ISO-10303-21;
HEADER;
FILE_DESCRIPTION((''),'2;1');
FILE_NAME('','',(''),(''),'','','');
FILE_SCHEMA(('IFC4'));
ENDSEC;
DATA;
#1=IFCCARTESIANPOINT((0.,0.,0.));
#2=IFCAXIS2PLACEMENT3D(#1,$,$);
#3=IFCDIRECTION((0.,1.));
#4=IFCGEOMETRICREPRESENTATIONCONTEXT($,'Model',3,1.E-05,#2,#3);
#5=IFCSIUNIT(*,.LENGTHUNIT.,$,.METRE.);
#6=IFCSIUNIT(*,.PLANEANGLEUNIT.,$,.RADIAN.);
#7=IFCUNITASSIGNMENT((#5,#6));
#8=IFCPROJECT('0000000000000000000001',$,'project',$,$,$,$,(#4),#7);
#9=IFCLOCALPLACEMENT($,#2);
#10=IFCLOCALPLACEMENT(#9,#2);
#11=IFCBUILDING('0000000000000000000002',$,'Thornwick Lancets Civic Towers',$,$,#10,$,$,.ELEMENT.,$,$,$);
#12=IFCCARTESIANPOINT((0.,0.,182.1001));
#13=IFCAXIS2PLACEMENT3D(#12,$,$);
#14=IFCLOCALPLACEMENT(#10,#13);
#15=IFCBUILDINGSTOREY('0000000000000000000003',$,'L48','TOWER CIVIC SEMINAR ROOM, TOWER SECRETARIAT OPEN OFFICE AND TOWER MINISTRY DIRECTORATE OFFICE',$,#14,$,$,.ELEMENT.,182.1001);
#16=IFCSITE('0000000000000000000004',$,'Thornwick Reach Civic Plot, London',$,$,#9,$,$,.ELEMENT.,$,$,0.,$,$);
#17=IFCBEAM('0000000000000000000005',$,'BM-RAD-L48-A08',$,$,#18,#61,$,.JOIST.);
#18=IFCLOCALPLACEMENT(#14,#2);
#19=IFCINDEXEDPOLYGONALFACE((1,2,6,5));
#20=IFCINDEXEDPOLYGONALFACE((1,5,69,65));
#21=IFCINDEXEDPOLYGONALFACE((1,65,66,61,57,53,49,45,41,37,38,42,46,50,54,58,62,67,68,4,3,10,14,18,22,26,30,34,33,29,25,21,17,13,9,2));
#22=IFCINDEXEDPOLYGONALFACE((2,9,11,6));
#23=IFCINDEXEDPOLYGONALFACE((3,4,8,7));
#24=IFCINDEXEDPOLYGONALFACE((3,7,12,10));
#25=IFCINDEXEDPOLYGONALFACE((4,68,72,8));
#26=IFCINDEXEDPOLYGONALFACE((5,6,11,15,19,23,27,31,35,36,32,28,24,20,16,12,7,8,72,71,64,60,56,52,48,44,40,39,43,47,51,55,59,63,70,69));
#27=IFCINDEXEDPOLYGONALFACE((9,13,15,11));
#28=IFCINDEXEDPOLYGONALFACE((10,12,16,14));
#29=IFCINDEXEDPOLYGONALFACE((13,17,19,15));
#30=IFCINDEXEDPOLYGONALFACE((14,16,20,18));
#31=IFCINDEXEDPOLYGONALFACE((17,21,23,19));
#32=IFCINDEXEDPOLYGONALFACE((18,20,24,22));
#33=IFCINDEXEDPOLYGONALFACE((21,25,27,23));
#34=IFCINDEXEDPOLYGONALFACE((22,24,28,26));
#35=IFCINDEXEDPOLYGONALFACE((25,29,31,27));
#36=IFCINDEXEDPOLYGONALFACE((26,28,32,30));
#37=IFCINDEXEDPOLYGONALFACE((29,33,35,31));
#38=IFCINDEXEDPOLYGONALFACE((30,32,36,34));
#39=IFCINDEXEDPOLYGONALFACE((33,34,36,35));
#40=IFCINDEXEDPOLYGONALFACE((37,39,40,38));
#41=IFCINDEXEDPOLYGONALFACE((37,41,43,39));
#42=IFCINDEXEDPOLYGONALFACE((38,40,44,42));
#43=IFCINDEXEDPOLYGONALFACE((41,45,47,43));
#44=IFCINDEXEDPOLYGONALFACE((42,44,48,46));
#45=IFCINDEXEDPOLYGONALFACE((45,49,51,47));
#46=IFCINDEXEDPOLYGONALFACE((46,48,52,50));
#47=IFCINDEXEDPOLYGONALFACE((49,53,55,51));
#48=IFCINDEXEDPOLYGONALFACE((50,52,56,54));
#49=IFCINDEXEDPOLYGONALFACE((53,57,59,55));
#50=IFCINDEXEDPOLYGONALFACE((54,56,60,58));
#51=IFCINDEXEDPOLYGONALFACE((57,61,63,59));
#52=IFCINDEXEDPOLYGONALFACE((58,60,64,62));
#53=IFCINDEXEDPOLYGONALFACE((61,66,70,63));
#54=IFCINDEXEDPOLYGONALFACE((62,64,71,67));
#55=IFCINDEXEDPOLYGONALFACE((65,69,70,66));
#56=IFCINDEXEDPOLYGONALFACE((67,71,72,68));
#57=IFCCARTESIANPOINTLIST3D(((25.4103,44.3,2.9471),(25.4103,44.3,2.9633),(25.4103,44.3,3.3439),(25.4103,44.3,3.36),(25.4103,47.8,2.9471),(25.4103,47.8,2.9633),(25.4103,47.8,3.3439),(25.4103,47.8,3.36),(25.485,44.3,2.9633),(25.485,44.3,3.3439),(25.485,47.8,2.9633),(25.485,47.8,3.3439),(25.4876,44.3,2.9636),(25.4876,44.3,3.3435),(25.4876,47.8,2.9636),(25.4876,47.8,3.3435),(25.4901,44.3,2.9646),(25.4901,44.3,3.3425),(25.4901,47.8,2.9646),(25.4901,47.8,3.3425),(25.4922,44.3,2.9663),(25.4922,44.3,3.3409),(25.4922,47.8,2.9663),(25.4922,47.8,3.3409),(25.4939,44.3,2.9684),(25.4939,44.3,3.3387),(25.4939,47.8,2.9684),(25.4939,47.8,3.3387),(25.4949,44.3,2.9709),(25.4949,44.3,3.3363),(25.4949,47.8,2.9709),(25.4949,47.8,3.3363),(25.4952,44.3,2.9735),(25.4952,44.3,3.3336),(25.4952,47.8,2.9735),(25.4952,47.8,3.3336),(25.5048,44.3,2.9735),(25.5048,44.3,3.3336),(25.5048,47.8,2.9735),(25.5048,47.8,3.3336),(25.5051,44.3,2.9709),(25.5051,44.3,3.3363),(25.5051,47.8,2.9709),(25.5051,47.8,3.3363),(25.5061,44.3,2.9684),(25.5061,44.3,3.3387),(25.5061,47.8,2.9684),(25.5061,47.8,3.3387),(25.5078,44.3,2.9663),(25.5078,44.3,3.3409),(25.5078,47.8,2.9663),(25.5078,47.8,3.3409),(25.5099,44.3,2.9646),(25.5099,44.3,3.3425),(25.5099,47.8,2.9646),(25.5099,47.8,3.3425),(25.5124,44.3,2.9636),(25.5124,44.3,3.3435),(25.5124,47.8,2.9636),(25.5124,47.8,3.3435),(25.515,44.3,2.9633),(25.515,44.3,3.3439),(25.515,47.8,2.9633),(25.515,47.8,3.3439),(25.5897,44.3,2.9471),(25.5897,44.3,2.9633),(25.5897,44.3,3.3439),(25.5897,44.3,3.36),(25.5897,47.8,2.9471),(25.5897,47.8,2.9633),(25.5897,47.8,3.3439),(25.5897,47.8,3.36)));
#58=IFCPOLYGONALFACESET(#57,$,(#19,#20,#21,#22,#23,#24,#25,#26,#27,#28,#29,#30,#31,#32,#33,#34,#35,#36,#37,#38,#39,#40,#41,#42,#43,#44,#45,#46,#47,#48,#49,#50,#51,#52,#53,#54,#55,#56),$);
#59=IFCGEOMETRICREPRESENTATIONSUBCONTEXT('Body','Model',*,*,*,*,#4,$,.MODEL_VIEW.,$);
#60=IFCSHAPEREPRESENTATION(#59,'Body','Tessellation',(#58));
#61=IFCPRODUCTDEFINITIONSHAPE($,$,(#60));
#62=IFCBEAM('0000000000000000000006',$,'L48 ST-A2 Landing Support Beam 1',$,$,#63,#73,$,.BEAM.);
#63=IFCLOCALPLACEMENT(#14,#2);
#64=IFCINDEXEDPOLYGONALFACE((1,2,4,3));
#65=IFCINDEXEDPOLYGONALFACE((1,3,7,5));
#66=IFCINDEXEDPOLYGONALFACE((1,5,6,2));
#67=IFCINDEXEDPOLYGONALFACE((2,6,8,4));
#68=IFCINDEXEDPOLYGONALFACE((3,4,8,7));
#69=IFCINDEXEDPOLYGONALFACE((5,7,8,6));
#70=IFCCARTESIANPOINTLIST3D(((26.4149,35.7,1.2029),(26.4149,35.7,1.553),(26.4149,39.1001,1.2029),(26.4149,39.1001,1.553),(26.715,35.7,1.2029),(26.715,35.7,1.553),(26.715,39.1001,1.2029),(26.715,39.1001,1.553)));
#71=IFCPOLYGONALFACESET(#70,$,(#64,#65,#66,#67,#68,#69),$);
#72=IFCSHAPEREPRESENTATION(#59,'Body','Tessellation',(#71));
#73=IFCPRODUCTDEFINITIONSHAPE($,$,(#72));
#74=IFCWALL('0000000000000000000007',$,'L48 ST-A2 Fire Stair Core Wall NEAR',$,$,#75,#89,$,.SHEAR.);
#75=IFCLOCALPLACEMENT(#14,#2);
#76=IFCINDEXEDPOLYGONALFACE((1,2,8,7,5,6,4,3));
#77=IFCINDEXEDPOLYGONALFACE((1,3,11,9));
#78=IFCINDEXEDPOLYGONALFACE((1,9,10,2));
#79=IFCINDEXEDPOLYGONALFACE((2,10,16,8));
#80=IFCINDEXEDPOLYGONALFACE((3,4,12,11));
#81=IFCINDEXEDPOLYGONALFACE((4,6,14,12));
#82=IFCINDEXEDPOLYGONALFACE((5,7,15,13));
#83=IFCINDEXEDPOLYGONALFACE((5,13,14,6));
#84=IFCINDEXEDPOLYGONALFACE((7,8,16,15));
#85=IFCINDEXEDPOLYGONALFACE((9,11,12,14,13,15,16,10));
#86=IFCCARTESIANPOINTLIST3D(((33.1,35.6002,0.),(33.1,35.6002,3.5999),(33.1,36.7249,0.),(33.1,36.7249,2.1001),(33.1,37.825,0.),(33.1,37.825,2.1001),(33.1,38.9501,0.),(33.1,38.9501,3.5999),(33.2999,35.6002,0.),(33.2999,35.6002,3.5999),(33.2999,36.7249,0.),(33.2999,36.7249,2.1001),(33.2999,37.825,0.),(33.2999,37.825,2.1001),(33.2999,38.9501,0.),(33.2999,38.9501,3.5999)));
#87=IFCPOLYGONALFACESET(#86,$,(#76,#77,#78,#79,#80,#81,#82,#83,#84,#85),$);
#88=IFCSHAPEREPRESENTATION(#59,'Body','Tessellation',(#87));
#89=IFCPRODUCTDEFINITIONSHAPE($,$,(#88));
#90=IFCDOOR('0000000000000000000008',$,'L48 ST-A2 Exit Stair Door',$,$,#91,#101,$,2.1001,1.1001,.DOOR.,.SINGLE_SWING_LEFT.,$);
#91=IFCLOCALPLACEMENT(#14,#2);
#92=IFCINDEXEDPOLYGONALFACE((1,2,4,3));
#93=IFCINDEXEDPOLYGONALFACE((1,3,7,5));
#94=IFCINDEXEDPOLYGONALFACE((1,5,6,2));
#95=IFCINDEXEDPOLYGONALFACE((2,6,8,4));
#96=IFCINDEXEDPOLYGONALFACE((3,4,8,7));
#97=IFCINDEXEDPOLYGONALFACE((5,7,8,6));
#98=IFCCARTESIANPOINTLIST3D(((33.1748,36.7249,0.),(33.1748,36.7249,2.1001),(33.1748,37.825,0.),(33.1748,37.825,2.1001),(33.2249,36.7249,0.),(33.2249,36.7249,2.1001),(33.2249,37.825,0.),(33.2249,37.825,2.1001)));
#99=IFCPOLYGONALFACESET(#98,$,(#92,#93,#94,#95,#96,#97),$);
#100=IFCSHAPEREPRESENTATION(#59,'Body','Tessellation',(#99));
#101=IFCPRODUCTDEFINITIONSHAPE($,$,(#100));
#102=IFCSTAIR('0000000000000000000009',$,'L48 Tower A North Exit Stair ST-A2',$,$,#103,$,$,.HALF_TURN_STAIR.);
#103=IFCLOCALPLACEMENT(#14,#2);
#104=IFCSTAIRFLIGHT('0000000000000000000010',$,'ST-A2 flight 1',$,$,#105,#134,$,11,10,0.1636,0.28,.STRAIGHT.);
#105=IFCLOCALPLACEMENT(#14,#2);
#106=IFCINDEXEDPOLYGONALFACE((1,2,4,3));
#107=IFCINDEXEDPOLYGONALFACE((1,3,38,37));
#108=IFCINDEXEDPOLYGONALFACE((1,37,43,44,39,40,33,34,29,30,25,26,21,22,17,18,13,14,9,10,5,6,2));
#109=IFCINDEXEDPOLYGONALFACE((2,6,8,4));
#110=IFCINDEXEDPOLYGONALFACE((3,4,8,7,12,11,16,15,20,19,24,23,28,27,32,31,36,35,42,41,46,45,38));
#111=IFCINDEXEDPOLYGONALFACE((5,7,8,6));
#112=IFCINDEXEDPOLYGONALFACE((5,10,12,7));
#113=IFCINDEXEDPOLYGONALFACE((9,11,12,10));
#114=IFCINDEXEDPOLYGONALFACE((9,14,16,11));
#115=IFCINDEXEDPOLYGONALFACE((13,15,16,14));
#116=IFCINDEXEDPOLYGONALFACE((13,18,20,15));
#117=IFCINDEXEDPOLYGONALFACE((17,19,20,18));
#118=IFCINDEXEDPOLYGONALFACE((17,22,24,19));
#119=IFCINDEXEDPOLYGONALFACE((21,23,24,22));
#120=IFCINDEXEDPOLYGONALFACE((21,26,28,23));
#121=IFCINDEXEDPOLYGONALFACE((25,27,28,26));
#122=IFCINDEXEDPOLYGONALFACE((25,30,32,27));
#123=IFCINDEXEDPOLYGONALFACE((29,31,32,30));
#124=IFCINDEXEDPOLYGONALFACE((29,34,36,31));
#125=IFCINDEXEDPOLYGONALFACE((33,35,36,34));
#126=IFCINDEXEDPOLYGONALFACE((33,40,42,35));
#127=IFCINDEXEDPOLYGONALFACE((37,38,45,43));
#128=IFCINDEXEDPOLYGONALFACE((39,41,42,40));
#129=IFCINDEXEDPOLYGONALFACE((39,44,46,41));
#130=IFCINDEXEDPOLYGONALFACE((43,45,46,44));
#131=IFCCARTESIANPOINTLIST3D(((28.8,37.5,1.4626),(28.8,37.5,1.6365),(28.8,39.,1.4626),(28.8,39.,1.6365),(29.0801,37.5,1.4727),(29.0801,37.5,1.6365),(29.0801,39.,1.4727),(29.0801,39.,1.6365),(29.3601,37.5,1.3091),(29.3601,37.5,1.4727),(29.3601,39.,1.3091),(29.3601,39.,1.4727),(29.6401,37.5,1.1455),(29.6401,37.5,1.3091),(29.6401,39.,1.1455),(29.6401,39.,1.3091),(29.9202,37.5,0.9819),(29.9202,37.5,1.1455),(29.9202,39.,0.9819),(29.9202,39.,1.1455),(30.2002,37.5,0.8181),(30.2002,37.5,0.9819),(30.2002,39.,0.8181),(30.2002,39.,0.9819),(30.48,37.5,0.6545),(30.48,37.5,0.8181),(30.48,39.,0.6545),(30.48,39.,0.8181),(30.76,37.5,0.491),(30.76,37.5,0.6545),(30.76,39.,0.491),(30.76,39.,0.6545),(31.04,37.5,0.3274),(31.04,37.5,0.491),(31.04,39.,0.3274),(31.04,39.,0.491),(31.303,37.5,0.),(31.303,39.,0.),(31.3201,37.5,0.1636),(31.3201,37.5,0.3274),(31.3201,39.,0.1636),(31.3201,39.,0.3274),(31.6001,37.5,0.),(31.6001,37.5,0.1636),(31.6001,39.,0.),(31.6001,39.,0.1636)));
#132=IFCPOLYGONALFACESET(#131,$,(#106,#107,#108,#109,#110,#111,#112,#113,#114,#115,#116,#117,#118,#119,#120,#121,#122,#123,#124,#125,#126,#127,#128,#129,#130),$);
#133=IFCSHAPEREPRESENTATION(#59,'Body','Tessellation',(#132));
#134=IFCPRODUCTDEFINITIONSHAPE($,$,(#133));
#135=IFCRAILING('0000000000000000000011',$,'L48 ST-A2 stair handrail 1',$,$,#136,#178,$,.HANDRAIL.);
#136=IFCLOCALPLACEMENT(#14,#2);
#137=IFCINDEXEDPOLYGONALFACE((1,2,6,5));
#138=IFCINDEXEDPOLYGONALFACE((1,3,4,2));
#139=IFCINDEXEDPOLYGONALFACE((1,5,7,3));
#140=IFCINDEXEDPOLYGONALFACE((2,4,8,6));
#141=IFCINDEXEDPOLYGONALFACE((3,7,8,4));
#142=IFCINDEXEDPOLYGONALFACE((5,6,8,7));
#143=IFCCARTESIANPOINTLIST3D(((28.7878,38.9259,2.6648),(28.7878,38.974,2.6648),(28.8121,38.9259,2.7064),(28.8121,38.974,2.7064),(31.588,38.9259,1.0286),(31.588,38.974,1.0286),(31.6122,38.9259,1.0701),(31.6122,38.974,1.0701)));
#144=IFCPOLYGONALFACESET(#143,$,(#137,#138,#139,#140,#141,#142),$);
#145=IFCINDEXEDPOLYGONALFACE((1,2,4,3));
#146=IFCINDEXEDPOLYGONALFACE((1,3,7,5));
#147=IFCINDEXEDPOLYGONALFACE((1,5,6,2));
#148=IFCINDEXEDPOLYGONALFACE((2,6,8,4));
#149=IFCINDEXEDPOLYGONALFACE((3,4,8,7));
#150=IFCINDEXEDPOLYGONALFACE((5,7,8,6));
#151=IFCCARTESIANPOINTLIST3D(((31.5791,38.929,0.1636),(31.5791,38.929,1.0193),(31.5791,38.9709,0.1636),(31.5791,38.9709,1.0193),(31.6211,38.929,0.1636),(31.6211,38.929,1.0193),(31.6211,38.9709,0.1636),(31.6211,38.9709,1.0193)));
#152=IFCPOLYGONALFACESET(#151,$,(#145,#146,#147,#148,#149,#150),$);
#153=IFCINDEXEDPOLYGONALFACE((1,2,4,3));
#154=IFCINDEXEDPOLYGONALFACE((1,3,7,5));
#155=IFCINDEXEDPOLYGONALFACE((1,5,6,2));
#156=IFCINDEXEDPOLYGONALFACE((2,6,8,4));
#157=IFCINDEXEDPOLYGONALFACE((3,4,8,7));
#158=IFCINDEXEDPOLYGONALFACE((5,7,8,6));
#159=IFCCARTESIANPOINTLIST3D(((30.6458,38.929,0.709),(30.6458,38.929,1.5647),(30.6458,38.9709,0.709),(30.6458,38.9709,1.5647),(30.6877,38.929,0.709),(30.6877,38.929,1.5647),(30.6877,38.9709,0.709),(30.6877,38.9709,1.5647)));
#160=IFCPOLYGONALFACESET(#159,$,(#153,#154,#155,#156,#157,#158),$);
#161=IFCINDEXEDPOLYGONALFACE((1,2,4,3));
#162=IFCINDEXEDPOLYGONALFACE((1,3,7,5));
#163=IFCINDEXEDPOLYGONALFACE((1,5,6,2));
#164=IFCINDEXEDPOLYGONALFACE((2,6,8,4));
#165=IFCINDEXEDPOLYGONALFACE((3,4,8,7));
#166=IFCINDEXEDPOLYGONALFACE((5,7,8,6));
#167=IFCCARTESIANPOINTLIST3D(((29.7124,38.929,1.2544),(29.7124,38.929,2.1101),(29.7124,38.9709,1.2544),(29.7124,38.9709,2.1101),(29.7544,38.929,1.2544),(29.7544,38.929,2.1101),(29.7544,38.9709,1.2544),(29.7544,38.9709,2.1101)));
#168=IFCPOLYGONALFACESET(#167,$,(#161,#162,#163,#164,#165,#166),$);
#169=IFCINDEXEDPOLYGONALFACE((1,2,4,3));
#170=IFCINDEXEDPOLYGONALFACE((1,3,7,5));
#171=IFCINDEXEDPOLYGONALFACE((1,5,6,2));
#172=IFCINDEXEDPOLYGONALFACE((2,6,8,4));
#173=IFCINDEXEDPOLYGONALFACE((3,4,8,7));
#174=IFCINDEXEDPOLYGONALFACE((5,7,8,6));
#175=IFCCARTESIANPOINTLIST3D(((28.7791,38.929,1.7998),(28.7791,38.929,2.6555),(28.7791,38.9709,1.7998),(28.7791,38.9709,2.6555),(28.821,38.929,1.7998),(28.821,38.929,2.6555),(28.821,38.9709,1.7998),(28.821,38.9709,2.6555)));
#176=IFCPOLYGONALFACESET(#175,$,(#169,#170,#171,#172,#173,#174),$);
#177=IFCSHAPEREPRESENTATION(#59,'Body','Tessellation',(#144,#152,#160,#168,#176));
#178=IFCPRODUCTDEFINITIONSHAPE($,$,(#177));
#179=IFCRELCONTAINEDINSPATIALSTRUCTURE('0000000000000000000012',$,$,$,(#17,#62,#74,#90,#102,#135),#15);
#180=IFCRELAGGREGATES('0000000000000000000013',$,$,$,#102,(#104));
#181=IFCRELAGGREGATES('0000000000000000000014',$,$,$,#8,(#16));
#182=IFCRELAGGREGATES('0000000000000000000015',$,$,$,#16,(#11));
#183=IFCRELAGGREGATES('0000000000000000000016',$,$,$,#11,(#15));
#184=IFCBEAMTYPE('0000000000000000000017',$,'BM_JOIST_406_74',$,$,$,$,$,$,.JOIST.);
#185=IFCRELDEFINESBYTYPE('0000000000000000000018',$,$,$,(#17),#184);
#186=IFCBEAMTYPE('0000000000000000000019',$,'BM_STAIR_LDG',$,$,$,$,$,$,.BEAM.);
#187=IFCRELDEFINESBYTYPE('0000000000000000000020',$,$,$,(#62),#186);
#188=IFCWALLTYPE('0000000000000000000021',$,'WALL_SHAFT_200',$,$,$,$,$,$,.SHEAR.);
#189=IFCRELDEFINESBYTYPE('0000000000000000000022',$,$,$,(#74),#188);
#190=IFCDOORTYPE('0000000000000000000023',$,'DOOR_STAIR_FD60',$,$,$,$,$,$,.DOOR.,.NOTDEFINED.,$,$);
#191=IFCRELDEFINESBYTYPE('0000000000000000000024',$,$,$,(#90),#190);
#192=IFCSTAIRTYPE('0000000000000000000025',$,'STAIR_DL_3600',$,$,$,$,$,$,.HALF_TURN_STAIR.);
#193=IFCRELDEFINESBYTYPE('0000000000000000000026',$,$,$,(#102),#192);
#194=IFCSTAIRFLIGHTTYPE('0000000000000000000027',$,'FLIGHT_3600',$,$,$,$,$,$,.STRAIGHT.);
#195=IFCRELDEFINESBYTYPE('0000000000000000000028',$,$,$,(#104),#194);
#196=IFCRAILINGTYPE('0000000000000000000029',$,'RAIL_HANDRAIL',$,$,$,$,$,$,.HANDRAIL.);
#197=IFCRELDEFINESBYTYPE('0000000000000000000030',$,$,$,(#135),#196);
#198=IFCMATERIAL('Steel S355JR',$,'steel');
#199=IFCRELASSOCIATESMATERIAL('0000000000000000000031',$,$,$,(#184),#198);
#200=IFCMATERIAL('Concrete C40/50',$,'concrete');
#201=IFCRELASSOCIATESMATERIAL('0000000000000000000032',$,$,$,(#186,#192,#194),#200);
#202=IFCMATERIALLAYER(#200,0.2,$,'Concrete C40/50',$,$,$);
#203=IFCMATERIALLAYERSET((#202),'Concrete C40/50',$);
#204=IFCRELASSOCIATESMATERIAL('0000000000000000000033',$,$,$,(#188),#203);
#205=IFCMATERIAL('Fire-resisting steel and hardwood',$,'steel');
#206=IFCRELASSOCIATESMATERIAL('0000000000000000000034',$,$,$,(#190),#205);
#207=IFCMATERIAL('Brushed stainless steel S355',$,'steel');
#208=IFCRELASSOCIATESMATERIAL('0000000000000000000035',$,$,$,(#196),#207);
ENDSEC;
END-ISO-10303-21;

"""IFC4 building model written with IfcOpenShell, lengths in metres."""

from ifc_helpers import new_model, si_unit, direction, frame, frame_2d, origin, origin_2d, place, context, subcontext, project, spatial, polyline, rectangle, i_section, outline, extrude, material, layer, layer_set, material_profile, profile_set, type_object, element, fill, aggregate, save


model = new_model("IFC4")

# Units and contexts
model_context = context("Model", 3, precision=1e-05, world=origin(), true_north=direction((0.0, 1.0)))
body_context = subcontext(model_context, "Body", "Model", "MODEL_VIEW")
ifc_project = project(units=[si_unit("LENGTHUNIT", "METRE"), si_unit("PLANEANGLEUNIT", "RADIAN")], contexts=[model_context])

# Site, building, storey
site_placement = place(None, origin())
site = spatial("IfcSite", under=ifc_project, at=site_placement, Name="Thornwick Reach Civic Plot, London", CompositionType="ELEMENT", RefElevation=0.0)
building_placement = place(site_placement, origin())
building = spatial("IfcBuilding", under=site, at=building_placement, Name="Thornwick Lancets Civic Towers", CompositionType="ELEMENT")
storey_placement = place(building_placement, frame((0.0, 0.0, 182.1001)))
storey = spatial("IfcBuildingStorey", under=building, at=storey_placement, Name="L48", Description="TOWER CIVIC SEMINAR ROOM, TOWER SECRETARIAT OPEN OFFICE AND TOWER MINISTRY DIRECTORATE OFFICE", CompositionType="ELEMENT", Elevation=182.1001)

# Beams
ifc_material_1 = material(Name="Steel S355JR", Category="steel")
ifc_material_profile_1 = material_profile(ifc_material_1, i_section(OverallWidth=0.1794, OverallDepth=0.4128, WebThickness=0.0095, FlangeThickness=0.0161, FilletRadius=0.0103, at=origin_2d()), Name="UKB 406x178x74")
ifc_profile_set_1 = profile_set([ifc_material_profile_1], Name="Steel S355JR")
beam_type_1 = type_object("IfcBeamType", Name="BM_JOIST_406_74", PredefinedType="JOIST", material=ifc_profile_set_1)
beam_1_placement = place(storey_placement, frame((25.5, 44.3, 3.1536), z_axis=(0.0, 1.0, 0.0), x_axis=(-1.0, 0.0, 0.0)))
element("IfcBeam", 1, at=beam_1_placement, inside=storey, type_object=beam_type_1, Name="BM-RAD-L48-A08", PredefinedType="JOIST", context=body_context, shape_type="SweptSolid", body=[
    extrude(i_section(OverallWidth=0.1794, OverallDepth=0.4128, WebThickness=0.0095, FlangeThickness=0.0161, FilletRadius=0.0103, at=origin_2d()), origin(), (0.0, 0.0, 1.0), 3.5),
])
ifc_material_2 = material(Name="Concrete C40/50", Category="concrete")
ifc_material_profile_2 = material_profile(ifc_material_2, rectangle(XDim=0.3, YDim=0.3501, at=origin_2d()), Name="RC 300x350")
ifc_profile_set_2 = profile_set([ifc_material_profile_2], Name="Concrete C40/50")
beam_type_2 = type_object("IfcBeamType", Name="BM_STAIR_LDG", PredefinedType="BEAM", material=ifc_profile_set_2)
beam_2_placement = place(storey_placement, frame((26.5649, 39.1001, 1.3779), z_axis=(0.0, -1.0, 0.0), x_axis=(1.0, 0.0, 0.0)))
element("IfcBeam", 2, at=beam_2_placement, inside=storey, type_object=beam_type_2, Name="L48 ST-A2 Landing Support Beam 1", PredefinedType="BEAM", context=body_context, shape_type="SweptSolid", body=[
    extrude(rectangle(XDim=0.3, YDim=0.3501, at=origin_2d()), origin(), (0.0, 0.0, 1.0), 3.4001),
])

# Wall, opening, door
ifc_layer = layer(ifc_material_2, 0.2, Name="Concrete C40/50")
ifc_layer_set = layer_set([ifc_layer], Name="Concrete C40/50")
wall_type = type_object("IfcWallType", Name="WALL_SHAFT_200", PredefinedType="SHEAR", material=ifc_layer_set)
wall_placement = place(storey_placement, frame((33.2, 38.95, 0.0), z_axis=(0.0, 0.0, 1.0), x_axis=(0.0, -1.0, 0.0)))
wall = element("IfcWall", 3, at=wall_placement, inside=storey, type_object=wall_type, Name="L48 ST-A2 Fire Stair Core Wall NEAR", PredefinedType="SHEAR", context=body_context, shape_type="SweptSolid", body=[
    extrude(rectangle(XDim=3.3499, YDim=0.2, at=frame_2d((1.6748, 0.0))), origin(), (0.0, 0.0, 1.0), 3.5999),
])
opening_placement = place(wall_placement, frame((1.125, 0.0, 0.0)))
opening = element("IfcOpeningElement", 4, at=opening_placement, cuts=wall, PredefinedType="OPENING", context=body_context, shape_type="SweptSolid", body=[
    extrude(rectangle(XDim=1.1001, YDim=2.1001, at=frame_2d((0.55, 1.05))), frame((0.0, 0.1099, 0.0), z_axis=(0.0, -1.0, 0.0), x_axis=(1.0, 0.0, 0.0)), (0.0, 0.0, 1.0), 0.22),
])
ifc_material_3 = material(Name="Fire-resisting steel and hardwood", Category="steel")
door_type = type_object("IfcDoorType", Name="DOOR_STAIR_FD60", OperationType="NOTDEFINED", PredefinedType="DOOR", material=ifc_material_3)
door_placement = place(opening_placement, origin())
door = element("IfcDoor", 5, at=door_placement, inside=storey, type_object=door_type, Name="L48 ST-A2 Exit Stair Door", OperationType="SINGLE_SWING_LEFT", OverallHeight=2.1001, OverallWidth=1.1001, PredefinedType="DOOR", context=body_context, shape_type="SweptSolid", body=[
    extrude(rectangle(XDim=1.1001, YDim=2.1001, at=frame_2d((0.55, 1.05))), frame((0.0, 0.0249, 0.0), z_axis=(0.0, -1.0, 0.0), x_axis=(1.0, 0.0, 0.0)), (0.0, 0.0, 1.0), 0.05),
])
fill(opening, door)

# Stair, stair flight
stair_type = type_object("IfcStairType", Name="STAIR_DL_3600", PredefinedType="HALF_TURN_STAIR", material=ifc_material_2)
stair_placement = place(storey_placement, origin())
stair = element("IfcStair", 6, at=stair_placement, inside=storey, type_object=stair_type, Name="L48 Tower A North Exit Stair ST-A2", PredefinedType="HALF_TURN_STAIR")
stair_flight_type = type_object("IfcStairFlightType", Name="FLIGHT_3600", PredefinedType="STRAIGHT", material=ifc_material_2)
stair_flight_placement = place(storey_placement, frame((31.6001, 38.25, 0.0), z_axis=(0.0, 0.0, 1.0), x_axis=(-1.0, 0.0, 0.0)))
stair_flight = element("IfcStairFlight", 7, at=stair_flight_placement, type_object=stair_flight_type, Name="ST-A2 flight 1", NumberOfRisers=11, NumberOfTreads=10, PredefinedType="STRAIGHT", RiserHeight=0.1636, TreadLength=0.28, context=body_context, shape_type="SweptSolid", body=[
    extrude(outline(polyline([(0.0, 0.0), (0.0, 0.1636), (0.28, 0.1636), (0.28, 0.3274), (0.5601, 0.3274), (0.5601, 0.491), (0.8401, 0.491), (0.8401, 0.6545), (1.1201, 0.6545), (1.1201, 0.8181), (1.3999, 0.8181), (1.3999, 0.9819), (1.6799, 0.9819), (1.6799, 1.1455), (1.96, 1.1455), (1.96, 1.3091), (2.24, 1.3091), (2.24, 1.4727), (2.52, 1.4727), (2.52, 1.6365), (2.8, 1.6365), (2.8, 1.8), (2.8, 1.4626), (0.2971, 0.0), (0.0, 0.0)])), frame((0.0, 0.75, 0.0), z_axis=(0.0, -1.0, 0.0), x_axis=(1.0, 0.0, 0.0)), (0.0, 0.0, 1.0), 1.5),
])
aggregate(stair, [stair_flight])

# Railing
ifc_material_4 = material(Name="Brushed stainless steel S355", Category="steel")
railing_type_1 = type_object("IfcRailingType", Name="RAIL_HANDRAIL", PredefinedType="HANDRAIL", material=ifc_material_4)
railing_1_placement = place(storey_placement, frame((31.6001, 38.95, 0.1636)))
element("IfcRailing", 8, at=railing_1_placement, inside=storey, type_object=railing_type_1, Name="L48 ST-A2 stair handrail 1", PredefinedType="HANDRAIL", context=body_context, shape_type="SweptSolid", body=[
    extrude(rectangle(XDim=0.0481, YDim=0.0481, at=origin_2d()), frame((0.0, 0.0, 0.8857), z_axis=(-0.863394, 0.0, 0.504531), x_axis=(0.0, -1.0, 0.0)), (0.0, 0.0, 1.0), 3.2432),
    extrude(rectangle(XDim=0.042, YDim=0.042, at=origin_2d()), origin(), (0.0, 0.0, 1.0), 0.8557),
    extrude(rectangle(XDim=0.042, YDim=0.042, at=origin_2d()), frame((-0.9333, 0.0, 0.5454)), (0.0, 0.0, 1.0), 0.8557),
    extrude(rectangle(XDim=0.042, YDim=0.042, at=origin_2d()), frame((-1.8667, 0.0, 1.0908)), (0.0, 0.0, 1.0), 0.8557),
    extrude(rectangle(XDim=0.042, YDim=0.042, at=origin_2d()), frame((-2.8, 0.0, 1.6362)), (0.0, 0.0, 1.0), 0.8557),
])

save(model, "model.ifc")
